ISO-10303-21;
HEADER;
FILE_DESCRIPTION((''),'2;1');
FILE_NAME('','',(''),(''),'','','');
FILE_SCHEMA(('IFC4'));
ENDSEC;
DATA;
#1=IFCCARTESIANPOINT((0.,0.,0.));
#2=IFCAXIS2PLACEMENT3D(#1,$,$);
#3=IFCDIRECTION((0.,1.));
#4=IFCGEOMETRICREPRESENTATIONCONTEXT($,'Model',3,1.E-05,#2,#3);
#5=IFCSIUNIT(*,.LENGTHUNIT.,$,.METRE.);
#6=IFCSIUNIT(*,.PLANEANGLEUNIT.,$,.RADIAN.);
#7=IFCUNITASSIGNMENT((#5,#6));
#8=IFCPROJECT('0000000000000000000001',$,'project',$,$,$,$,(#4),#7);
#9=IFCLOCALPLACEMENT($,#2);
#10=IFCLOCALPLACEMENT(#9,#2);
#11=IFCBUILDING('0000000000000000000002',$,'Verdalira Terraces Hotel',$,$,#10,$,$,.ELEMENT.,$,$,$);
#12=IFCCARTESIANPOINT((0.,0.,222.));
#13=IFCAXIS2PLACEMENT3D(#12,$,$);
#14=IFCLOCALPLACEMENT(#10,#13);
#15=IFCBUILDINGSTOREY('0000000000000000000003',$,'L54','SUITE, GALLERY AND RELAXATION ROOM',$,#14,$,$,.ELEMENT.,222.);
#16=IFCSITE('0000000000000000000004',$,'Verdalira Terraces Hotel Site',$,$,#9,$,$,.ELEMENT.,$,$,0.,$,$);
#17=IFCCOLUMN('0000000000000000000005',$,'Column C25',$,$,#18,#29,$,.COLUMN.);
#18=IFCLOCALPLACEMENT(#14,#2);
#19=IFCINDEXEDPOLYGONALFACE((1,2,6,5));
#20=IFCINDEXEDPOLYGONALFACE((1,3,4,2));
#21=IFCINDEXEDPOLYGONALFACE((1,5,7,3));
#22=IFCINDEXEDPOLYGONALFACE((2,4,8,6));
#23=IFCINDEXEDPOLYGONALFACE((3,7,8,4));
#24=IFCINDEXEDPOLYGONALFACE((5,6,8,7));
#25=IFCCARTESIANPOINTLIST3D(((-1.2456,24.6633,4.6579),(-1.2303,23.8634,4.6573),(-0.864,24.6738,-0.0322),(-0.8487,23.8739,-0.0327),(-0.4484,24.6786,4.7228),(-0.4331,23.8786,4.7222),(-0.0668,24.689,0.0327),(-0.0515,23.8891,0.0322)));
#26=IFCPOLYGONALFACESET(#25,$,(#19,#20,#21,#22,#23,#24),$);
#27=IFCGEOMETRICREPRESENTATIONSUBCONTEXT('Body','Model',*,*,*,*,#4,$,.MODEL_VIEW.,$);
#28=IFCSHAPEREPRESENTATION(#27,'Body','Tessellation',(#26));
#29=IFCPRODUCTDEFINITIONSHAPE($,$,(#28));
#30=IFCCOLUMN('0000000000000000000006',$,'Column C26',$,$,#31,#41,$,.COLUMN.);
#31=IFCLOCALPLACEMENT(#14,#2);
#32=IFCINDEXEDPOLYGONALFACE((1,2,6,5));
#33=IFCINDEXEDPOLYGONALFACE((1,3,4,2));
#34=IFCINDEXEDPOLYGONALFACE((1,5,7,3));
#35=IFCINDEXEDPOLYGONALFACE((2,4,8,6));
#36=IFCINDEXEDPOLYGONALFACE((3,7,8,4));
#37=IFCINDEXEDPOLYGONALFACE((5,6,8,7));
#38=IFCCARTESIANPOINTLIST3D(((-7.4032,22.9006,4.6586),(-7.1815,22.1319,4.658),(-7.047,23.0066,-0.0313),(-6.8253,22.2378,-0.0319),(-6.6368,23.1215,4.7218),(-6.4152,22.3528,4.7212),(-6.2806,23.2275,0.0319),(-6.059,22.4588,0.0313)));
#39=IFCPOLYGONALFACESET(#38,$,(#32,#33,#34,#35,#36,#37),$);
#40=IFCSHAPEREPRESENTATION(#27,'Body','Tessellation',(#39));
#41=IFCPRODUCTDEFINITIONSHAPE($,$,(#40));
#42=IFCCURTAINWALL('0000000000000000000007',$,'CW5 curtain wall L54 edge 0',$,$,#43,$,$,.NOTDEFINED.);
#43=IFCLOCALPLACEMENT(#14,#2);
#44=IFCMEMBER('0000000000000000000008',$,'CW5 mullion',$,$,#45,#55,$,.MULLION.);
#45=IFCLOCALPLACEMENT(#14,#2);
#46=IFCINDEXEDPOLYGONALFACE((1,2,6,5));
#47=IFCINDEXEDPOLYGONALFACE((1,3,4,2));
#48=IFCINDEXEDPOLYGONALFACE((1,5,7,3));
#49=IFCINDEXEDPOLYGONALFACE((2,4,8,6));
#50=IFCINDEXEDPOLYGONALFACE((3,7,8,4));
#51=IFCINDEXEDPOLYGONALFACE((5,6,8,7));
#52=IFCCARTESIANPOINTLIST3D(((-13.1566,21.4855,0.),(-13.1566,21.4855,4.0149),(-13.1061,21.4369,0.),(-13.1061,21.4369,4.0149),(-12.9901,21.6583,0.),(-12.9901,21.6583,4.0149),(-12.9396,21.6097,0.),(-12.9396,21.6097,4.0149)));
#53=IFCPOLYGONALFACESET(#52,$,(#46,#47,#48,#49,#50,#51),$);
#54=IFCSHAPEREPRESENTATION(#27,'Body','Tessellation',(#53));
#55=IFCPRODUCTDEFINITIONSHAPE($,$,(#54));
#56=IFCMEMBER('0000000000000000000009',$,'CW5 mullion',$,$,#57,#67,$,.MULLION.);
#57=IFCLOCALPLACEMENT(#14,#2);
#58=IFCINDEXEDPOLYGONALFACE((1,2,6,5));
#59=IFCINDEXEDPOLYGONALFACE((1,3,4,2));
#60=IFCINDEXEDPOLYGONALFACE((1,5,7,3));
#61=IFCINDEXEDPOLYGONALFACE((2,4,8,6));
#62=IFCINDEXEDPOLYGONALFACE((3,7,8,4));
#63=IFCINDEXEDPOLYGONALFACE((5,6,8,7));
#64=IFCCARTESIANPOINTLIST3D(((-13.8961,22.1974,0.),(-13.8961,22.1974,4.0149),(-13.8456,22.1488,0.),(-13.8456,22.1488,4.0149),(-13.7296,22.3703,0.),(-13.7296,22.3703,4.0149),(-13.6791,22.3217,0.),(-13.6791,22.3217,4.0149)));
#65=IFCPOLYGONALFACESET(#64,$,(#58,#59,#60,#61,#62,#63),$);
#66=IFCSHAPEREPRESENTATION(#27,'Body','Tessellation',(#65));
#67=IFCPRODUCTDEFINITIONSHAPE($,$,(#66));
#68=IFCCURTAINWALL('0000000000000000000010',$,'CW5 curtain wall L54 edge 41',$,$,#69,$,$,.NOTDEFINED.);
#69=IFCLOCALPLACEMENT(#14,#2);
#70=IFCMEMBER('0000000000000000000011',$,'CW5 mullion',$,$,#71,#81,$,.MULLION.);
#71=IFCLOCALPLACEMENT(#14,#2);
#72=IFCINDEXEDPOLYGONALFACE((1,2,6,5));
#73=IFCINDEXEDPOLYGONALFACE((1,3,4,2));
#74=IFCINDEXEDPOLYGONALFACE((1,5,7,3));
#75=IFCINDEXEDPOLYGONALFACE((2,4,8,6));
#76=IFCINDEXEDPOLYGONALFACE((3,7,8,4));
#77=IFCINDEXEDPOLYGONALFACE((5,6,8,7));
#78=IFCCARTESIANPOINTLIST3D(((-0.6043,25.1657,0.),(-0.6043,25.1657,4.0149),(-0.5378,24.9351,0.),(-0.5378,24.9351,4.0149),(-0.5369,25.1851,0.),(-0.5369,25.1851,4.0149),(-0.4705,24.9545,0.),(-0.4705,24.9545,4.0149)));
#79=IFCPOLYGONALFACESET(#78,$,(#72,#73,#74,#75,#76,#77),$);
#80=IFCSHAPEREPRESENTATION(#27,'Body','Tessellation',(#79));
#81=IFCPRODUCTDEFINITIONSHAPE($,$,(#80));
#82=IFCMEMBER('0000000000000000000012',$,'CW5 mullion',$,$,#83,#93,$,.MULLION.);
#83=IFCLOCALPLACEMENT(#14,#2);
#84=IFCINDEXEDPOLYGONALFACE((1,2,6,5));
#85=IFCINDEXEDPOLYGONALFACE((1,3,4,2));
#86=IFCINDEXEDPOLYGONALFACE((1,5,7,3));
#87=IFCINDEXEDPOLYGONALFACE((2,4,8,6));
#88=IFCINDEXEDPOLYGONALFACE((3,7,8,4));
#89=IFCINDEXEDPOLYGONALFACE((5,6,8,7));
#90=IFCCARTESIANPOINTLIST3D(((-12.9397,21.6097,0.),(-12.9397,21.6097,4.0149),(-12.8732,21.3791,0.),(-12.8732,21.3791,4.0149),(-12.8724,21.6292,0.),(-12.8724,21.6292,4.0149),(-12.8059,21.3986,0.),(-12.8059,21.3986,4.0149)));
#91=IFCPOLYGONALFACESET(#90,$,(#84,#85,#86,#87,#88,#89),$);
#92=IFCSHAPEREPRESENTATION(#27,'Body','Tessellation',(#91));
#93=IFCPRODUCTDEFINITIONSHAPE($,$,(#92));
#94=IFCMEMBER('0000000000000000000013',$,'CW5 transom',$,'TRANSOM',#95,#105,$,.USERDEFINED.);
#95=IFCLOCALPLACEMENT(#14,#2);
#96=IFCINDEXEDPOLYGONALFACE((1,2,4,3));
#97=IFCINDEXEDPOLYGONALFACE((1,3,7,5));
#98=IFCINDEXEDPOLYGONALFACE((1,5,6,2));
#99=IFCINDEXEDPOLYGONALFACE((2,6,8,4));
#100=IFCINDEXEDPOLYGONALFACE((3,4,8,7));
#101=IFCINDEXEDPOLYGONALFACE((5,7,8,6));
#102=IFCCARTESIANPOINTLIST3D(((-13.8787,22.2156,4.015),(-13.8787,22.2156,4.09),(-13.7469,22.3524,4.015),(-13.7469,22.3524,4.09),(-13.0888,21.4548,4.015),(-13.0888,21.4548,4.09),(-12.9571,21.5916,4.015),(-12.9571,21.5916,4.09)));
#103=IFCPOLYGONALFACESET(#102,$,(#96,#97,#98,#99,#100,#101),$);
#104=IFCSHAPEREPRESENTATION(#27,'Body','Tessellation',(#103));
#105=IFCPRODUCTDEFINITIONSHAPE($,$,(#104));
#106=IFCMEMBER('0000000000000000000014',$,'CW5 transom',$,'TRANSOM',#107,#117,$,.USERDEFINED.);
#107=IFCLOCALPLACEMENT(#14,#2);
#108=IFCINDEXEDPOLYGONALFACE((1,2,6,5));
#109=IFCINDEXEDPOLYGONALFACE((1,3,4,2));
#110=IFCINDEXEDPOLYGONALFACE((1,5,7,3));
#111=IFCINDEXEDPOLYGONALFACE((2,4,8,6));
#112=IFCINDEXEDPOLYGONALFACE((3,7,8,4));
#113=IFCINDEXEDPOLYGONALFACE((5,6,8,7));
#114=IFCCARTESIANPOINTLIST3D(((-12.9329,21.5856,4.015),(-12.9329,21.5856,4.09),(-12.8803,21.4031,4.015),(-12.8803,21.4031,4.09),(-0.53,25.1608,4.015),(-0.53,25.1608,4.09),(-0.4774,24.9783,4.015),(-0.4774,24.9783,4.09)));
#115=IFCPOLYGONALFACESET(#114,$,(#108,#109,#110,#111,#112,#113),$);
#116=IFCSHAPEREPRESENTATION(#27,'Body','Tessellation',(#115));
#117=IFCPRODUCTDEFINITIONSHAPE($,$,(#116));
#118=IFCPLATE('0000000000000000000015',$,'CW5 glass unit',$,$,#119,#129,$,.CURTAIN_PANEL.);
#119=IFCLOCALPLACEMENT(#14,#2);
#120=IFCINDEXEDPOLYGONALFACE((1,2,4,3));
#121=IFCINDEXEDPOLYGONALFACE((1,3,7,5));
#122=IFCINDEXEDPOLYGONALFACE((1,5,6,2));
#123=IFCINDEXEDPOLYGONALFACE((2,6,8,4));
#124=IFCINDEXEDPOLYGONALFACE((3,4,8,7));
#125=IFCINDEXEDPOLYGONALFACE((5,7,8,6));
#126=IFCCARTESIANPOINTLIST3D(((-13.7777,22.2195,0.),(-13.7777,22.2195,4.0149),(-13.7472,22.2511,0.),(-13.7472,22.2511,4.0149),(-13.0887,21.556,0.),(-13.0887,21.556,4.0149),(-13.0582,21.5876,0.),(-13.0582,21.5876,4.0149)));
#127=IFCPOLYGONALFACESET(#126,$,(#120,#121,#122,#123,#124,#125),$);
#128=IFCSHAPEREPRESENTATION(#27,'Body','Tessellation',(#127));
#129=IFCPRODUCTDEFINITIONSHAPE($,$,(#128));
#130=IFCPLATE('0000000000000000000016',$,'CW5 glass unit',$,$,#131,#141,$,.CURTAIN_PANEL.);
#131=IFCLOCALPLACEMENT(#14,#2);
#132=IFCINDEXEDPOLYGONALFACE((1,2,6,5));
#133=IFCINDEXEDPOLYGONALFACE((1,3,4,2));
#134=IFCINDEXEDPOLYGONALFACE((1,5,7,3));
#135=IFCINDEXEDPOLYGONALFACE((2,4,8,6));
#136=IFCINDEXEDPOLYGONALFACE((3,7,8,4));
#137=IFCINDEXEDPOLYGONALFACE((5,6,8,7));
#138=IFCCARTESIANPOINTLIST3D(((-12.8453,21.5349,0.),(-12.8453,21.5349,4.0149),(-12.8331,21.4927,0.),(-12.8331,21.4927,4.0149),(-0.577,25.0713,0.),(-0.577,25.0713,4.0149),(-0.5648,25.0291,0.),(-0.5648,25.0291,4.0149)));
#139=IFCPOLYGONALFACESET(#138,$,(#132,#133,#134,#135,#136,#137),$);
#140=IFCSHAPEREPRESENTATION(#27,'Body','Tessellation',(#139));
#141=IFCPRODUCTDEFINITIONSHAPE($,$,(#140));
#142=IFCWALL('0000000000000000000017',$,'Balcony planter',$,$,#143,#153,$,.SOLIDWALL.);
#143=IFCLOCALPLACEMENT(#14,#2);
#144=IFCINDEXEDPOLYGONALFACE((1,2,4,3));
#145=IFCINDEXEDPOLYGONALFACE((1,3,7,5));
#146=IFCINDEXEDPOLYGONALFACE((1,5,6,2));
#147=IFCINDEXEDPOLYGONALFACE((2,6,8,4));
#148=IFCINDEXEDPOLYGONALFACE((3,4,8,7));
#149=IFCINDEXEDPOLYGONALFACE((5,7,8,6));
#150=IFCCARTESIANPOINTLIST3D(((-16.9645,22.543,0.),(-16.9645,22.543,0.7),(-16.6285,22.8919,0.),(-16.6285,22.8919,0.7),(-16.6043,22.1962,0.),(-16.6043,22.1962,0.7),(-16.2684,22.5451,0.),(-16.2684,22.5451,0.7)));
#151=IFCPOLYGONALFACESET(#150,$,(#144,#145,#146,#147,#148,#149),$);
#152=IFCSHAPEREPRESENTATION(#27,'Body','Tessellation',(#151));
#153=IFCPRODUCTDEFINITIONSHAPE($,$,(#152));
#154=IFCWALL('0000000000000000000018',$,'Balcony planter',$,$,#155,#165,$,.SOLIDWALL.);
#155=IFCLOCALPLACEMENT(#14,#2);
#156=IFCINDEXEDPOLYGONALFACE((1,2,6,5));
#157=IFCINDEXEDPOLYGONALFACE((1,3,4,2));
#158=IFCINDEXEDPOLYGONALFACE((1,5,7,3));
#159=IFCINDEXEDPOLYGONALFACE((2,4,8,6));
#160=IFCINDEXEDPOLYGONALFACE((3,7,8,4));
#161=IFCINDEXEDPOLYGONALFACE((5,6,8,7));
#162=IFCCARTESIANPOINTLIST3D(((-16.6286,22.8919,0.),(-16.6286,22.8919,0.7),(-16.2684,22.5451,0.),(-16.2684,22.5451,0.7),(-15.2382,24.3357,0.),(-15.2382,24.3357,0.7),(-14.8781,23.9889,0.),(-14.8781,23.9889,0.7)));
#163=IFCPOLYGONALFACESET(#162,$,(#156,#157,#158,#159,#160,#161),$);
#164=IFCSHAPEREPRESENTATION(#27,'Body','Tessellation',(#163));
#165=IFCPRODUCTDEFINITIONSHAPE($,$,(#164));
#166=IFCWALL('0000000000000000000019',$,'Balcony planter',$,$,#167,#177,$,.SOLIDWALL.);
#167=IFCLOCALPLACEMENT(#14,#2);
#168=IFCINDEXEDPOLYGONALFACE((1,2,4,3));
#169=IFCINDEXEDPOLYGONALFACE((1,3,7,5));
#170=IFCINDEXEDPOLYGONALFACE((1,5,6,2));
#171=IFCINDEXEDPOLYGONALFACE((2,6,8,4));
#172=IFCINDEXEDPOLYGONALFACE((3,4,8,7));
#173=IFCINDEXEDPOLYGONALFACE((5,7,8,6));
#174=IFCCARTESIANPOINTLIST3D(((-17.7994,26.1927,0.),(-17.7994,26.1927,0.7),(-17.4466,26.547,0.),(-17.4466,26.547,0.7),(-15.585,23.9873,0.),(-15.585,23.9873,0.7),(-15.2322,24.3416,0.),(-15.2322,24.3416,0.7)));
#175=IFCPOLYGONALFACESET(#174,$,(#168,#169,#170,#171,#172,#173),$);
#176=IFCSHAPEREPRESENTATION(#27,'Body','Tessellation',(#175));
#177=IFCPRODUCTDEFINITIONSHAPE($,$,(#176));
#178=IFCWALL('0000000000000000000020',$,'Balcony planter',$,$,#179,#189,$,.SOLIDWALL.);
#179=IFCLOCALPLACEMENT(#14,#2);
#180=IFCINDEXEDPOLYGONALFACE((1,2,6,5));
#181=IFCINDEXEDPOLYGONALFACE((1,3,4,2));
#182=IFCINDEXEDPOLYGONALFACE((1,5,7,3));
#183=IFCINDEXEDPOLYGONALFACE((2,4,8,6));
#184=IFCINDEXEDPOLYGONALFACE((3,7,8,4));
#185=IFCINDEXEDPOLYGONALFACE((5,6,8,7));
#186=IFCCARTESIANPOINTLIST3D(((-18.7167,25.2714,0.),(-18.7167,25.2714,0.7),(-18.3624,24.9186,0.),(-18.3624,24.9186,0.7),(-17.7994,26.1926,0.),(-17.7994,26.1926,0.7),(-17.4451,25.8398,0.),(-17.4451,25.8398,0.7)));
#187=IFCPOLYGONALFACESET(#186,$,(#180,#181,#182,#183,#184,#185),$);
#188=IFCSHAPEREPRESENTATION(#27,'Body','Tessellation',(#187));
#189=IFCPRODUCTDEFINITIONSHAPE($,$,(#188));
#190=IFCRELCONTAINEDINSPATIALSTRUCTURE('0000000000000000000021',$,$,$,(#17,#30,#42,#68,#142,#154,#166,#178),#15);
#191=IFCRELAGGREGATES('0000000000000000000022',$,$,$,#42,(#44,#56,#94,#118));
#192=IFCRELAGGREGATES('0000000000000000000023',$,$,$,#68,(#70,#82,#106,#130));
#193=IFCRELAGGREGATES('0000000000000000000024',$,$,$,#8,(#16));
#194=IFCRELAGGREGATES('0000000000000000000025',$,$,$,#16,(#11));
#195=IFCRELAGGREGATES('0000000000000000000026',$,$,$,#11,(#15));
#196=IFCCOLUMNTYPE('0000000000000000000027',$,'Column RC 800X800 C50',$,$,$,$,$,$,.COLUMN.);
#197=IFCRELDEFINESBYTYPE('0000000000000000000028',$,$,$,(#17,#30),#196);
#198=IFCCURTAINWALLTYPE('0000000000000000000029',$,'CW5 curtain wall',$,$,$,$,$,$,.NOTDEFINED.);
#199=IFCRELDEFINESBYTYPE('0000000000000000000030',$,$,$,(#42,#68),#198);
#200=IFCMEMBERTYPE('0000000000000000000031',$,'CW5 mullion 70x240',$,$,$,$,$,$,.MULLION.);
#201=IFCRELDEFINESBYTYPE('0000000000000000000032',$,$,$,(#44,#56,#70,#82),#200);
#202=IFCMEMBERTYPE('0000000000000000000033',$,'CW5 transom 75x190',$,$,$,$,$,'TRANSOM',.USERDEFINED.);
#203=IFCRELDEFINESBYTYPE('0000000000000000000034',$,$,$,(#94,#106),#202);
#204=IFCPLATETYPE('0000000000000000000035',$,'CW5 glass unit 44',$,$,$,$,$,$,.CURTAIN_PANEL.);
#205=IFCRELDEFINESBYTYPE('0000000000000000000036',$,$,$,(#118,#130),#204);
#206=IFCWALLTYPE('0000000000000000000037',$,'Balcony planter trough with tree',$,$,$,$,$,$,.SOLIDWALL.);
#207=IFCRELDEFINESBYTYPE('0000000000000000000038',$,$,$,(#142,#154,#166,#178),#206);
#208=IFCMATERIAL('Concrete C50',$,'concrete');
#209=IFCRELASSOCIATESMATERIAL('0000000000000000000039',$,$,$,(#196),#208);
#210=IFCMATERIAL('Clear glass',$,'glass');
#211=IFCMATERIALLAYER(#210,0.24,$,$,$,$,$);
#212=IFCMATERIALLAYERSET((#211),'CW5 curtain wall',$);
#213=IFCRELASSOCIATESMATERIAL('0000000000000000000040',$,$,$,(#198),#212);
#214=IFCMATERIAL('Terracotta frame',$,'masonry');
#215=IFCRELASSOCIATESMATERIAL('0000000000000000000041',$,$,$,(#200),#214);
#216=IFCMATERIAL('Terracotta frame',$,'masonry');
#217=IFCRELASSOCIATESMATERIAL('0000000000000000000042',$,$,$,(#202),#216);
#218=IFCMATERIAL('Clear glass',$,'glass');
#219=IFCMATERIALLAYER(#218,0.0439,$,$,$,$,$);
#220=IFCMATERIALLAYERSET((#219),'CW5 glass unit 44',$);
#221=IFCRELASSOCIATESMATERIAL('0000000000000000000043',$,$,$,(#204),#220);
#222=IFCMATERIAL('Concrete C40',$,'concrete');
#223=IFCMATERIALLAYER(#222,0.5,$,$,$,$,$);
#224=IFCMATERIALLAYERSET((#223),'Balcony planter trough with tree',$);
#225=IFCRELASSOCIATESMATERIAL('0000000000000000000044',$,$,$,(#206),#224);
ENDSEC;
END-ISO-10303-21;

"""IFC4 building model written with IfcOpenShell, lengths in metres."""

from ifc_helpers import new_model, si_unit, direction, frame, frame_2d, origin, origin_2d, place, context, subcontext, project, spatial, rectangle, extrude, material, layer, layer_set, material_profile, profile_set, type_object, element, aggregate, save


model = new_model("IFC4")

# Units and contexts
model_context = context("Model", 3, precision=1e-05, world=origin(), true_north=direction((0.0, 1.0)))
body_context = subcontext(model_context, "Body", "Model", "MODEL_VIEW")
ifc_project = project(units=[si_unit("LENGTHUNIT", "METRE"), si_unit("PLANEANGLEUNIT", "RADIAN")], contexts=[model_context])

# Site, building, storey
site_placement = place(None, origin())
site = spatial("IfcSite", under=ifc_project, at=site_placement, Name="Verdalira Terraces Hotel Site", CompositionType="ELEMENT", RefElevation=0.0)
building_placement = place(site_placement, origin())
building = spatial("IfcBuilding", under=site, at=building_placement, Name="Verdalira Terraces Hotel", CompositionType="ELEMENT")
storey_placement = place(building_placement, frame((0.0, 0.0, 222.0)))
storey = spatial("IfcBuildingStorey", under=building, at=storey_placement, Name="L54", Description="SUITE, GALLERY AND RELAXATION ROOM", CompositionType="ELEMENT", Elevation=222.0)

# Columns
ifc_material_1 = material(Name="Concrete C50", Category="concrete")
ifc_material_profile_1 = material_profile(ifc_material_1, rectangle(XDim=0.8, YDim=0.8, at=origin_2d()), Name="RC 800X800")
ifc_profile_set_1 = profile_set([ifc_material_profile_1], Name="Concrete C50")
column_type = type_object("IfcColumnType", Name="Column RC 800X800 C50", PredefinedType="COLUMN", material=ifc_profile_set_1)
column_1_placement = place(storey_placement, frame((-0.4578, 24.2815, 0.0), z_axis=(-0.081096, -0.002231, 0.996704), x_axis=(0.996523, 0.019007, 0.081124)))
element("IfcColumn", 1, at=column_1_placement, inside=storey, type_object=column_type, Name="Column C25", PredefinedType="COLUMN", context=body_context, shape_type="SweptSolid", body=[
    extrude(rectangle(XDim=0.8, YDim=0.8, at=origin_2d()), origin(), (0.0, 0.0, 1.0), 4.7056),
])
column_2_placement = place(storey_placement, frame((-6.553, 22.7327, 0.0), z_axis=(-0.075713, -0.022522, 0.996875), x_axis=(-0.95786, -0.276161, -0.078989)))
element("IfcColumn", 2, at=column_2_placement, inside=storey, type_object=column_type, Name="Column C26", PredefinedType="COLUMN", context=body_context, shape_type="SweptSolid", body=[
    extrude(rectangle(XDim=0.8, YDim=0.8, at=origin_2d()), origin(), (0.0, 0.0, 1.0), 4.7046),
])

# Curtain walls, members
ifc_material_2 = material(Name="Clear glass", Category="glass")
ifc_layer_1 = layer(ifc_material_2, 0.24)
ifc_layer_set_1 = layer_set([ifc_layer_1], Name="CW5 curtain wall")
curtain_wall_type = type_object("IfcCurtainWallType", Name="CW5 curtain wall", PredefinedType="NOTDEFINED", material=ifc_layer_set_1)
curtain_wall_1_placement = place(storey_placement, origin())
curtain_wall_1 = element("IfcCurtainWall", 3, at=curtain_wall_1_placement, inside=storey, type_object=curtain_wall_type, Name="CW5 curtain wall L54 edge 0", PredefinedType="NOTDEFINED")
ifc_material_3 = material(Name="Terracotta frame", Category="masonry")
ifc_material_profile_2 = material_profile(ifc_material_3, rectangle(XDim=0.0701, YDim=0.24, at=origin_2d()), Name="MU 70x240")
ifc_profile_set_2 = profile_set([ifc_material_profile_2], Name="Terracotta frame")
member_type_1 = type_object("IfcMemberType", Name="CW5 mullion 70x240", PredefinedType="MULLION", material=ifc_profile_set_2)
member_1_placement = place(storey_placement, frame((-13.0481, 21.5476, 0.0), z_axis=(0.0, 0.0, 1.0), x_axis=(-0.720309, 0.693653, 0.0)))
member_1 = element("IfcMember", 4, at=member_1_placement, type_object=member_type_1, Name="CW5 mullion", PredefinedType="MULLION", context=body_context, shape_type="SweptSolid", body=[
    extrude(rectangle(XDim=0.0701, YDim=0.24, at=origin_2d()), origin(), (0.0, 0.0, 1.0), 4.0149),
])
member_2_placement = place(storey_placement, frame((-13.7876, 22.2595, 0.0), z_axis=(0.0, 0.0, 1.0), x_axis=(-0.720309, 0.693653, 0.0)))
member_2 = element("IfcMember", 5, at=member_2_placement, type_object=member_type_1, Name="CW5 mullion", PredefinedType="MULLION", context=body_context, shape_type="SweptSolid", body=[
    extrude(rectangle(XDim=0.0701, YDim=0.24, at=origin_2d()), origin(), (0.0, 0.0, 1.0), 4.0149),
])
curtain_wall_2_placement = place(storey_placement, origin())
curtain_wall_2 = element("IfcCurtainWall", 6, at=curtain_wall_2_placement, inside=storey, type_object=curtain_wall_type, Name="CW5 curtain wall L54 edge 41", PredefinedType="NOTDEFINED")
member_3_placement = place(storey_placement, frame((-0.5374, 25.0601, 0.0), z_axis=(0.0, 0.0, 1.0), x_axis=(-0.960876, -0.276979, 0.0)))
member_3 = element("IfcMember", 7, at=member_3_placement, type_object=member_type_1, Name="CW5 mullion", PredefinedType="MULLION", context=body_context, shape_type="SweptSolid", body=[
    extrude(rectangle(XDim=0.0701, YDim=0.24, at=origin_2d()), origin(), (0.0, 0.0, 1.0), 4.0149),
])
member_4_placement = place(storey_placement, frame((-12.8728, 21.5041, 0.0), z_axis=(0.0, 0.0, 1.0), x_axis=(-0.960876, -0.276979, 0.0)))
member_4 = element("IfcMember", 8, at=member_4_placement, type_object=member_type_1, Name="CW5 mullion", PredefinedType="MULLION", context=body_context, shape_type="SweptSolid", body=[
    extrude(rectangle(XDim=0.0701, YDim=0.24, at=origin_2d()), origin(), (0.0, 0.0, 1.0), 4.0149),
])

# Members
ifc_material_4 = material(Name="Terracotta frame", Category="masonry")
ifc_material_profile_3 = material_profile(ifc_material_4, rectangle(XDim=0.1899, YDim=0.075, at=origin_2d()), Name="TR 75x190")
ifc_profile_set_3 = profile_set([ifc_material_profile_3], Name="Terracotta frame")
member_type_2 = type_object("IfcMemberType", Name="CW5 transom 75x190", ElementType="TRANSOM", PredefinedType="USERDEFINED", material=ifc_profile_set_3)
member_5_placement = place(storey_placement, frame((-13.0229, 21.5232, 4.0525), z_axis=(-0.72023, 0.693736, 0.0), x_axis=(-0.693736, -0.72023, 0.0)))
member_5 = element("IfcMember", 9, at=member_5_placement, type_object=member_type_2, Name="CW5 transom", ObjectType="TRANSOM", PredefinedType="USERDEFINED", context=body_context, shape_type="SweptSolid", body=[
    extrude(rectangle(XDim=0.1899, YDim=0.075, at=origin_2d()), origin(), (0.0, 0.0, 1.0), 1.0967),
])
member_6_placement = place(storey_placement, frame((-0.5037, 25.0696, 4.0525), z_axis=(-0.960876, -0.276979, 0.0), x_axis=(0.276979, -0.960876, 0.0)))
member_6 = element("IfcMember", 10, at=member_6_placement, type_object=member_type_2, Name="CW5 transom", ObjectType="TRANSOM", PredefinedType="USERDEFINED", context=body_context, shape_type="SweptSolid", body=[
    extrude(rectangle(XDim=0.1899, YDim=0.075, at=origin_2d()), origin(), (0.0, 0.0, 1.0), 12.908),
])

# Plates
ifc_material_5 = material(Name="Clear glass", Category="glass")
ifc_layer_2 = layer(ifc_material_5, 0.0439)
ifc_layer_set_2 = layer_set([ifc_layer_2], Name="CW5 glass unit 44")
plate_type = type_object("IfcPlateType", Name="CW5 glass unit 44", PredefinedType="CURTAIN_PANEL", material=ifc_layer_set_2)
plate_1_placement = place(storey_placement, frame((-13.418, 21.9036, 0.0), z_axis=(0.0, 0.0, 1.0), x_axis=(-0.720309, 0.693653, 0.0)))
plate_1 = element("IfcPlate", 11, at=plate_1_placement, type_object=plate_type, Name="CW5 glass unit", PredefinedType="CURTAIN_PANEL", context=body_context, shape_type="SweptSolid", body=[
    extrude(rectangle(XDim=0.9565, YDim=0.0439, at=origin_2d()), origin(), (0.0, 0.0, 1.0), 4.0149),
])
aggregate(curtain_wall_1, [member_1, member_2, member_5, plate_1])
plate_2_placement = place(storey_placement, frame((-6.7051, 23.282, 0.0), z_axis=(0.0, 0.0, 1.0), x_axis=(-0.960876, -0.276979, 0.0)))
plate_2 = element("IfcPlate", 12, at=plate_2_placement, type_object=plate_type, Name="CW5 glass unit", PredefinedType="CURTAIN_PANEL", context=body_context, shape_type="SweptSolid", body=[
    extrude(rectangle(XDim=12.7678, YDim=0.0439, at=origin_2d()), origin(), (0.0, 0.0, 1.0), 4.0149),
])
aggregate(curtain_wall_2, [member_3, member_4, member_6, plate_2])

# Walls
ifc_material_6 = material(Name="Concrete C40", Category="concrete")
ifc_layer_3 = layer(ifc_material_6, 0.5)
ifc_layer_set_3 = layer_set([ifc_layer_3], Name="Balcony planter trough with tree")
wall_type_1 = type_object("IfcWallType", Name="Balcony planter trough with tree", PredefinedType="SOLIDWALL", material=ifc_layer_set_3)
wall_1_placement = place(storey_placement, frame((-16.7844, 22.3696, 0.0), z_axis=(0.0, 0.0, 1.0), x_axis=(0.693622, 0.720339, 0.0)))
element("IfcWall", 13, at=wall_1_placement, inside=storey, type_object=wall_type_1, Name="Balcony planter", PredefinedType="SOLIDWALL", context=body_context, shape_type="SweptSolid", body=[
    extrude(rectangle(XDim=0.4844, YDim=0.5, at=frame_2d((0.2422, 0.0))), origin(), (0.0, 0.0, 1.0), 0.7),
])
wall_2_placement = place(storey_placement, frame((-16.4485, 22.7185, 0.0), z_axis=(0.0, 0.0, 1.0), x_axis=(0.693644, 0.720318, 0.0)))
element("IfcWall", 14, at=wall_2_placement, inside=storey, type_object=wall_type_1, Name="Balcony planter", PredefinedType="SOLIDWALL", context=body_context, shape_type="SweptSolid", body=[
    extrude(rectangle(XDim=2.0044, YDim=0.5, at=frame_2d((1.0022, 0.0))), origin(), (0.0, 0.0, 1.0), 0.7),
])
wall_3_placement = place(storey_placement, frame((-15.4087, 24.1646, 0.0), z_axis=(0.0, 0.0, 1.0), x_axis=(-0.708551, 0.70566, 0.0)))
element("IfcWall", 15, at=wall_3_placement, inside=storey, type_object=wall_type_1, Name="Balcony planter", PredefinedType="SOLIDWALL", context=body_context, shape_type="SweptSolid", body=[
    extrude(rectangle(XDim=3.1252, YDim=0.5, at=frame_2d((1.5625, 0.0))), origin(), (0.0, 0.0, 1.0), 0.7),
])
wall_4_placement = place(storey_placement, frame((-17.6223, 26.0161, 0.0), z_axis=(0.0, 0.0, 1.0), x_axis=(-0.705603, -0.708608, 0.0)))
element("IfcWall", 16, at=wall_4_placement, inside=storey, type_object=wall_type_1, Name="Balcony planter", PredefinedType="SOLIDWALL", context=body_context, shape_type="SweptSolid", body=[
    extrude(rectangle(XDim=1.3, YDim=0.5, at=frame_2d((0.6499, 0.0))), origin(), (0.0, 0.0, 1.0), 0.7),
])

save(model, "model.ifc")
